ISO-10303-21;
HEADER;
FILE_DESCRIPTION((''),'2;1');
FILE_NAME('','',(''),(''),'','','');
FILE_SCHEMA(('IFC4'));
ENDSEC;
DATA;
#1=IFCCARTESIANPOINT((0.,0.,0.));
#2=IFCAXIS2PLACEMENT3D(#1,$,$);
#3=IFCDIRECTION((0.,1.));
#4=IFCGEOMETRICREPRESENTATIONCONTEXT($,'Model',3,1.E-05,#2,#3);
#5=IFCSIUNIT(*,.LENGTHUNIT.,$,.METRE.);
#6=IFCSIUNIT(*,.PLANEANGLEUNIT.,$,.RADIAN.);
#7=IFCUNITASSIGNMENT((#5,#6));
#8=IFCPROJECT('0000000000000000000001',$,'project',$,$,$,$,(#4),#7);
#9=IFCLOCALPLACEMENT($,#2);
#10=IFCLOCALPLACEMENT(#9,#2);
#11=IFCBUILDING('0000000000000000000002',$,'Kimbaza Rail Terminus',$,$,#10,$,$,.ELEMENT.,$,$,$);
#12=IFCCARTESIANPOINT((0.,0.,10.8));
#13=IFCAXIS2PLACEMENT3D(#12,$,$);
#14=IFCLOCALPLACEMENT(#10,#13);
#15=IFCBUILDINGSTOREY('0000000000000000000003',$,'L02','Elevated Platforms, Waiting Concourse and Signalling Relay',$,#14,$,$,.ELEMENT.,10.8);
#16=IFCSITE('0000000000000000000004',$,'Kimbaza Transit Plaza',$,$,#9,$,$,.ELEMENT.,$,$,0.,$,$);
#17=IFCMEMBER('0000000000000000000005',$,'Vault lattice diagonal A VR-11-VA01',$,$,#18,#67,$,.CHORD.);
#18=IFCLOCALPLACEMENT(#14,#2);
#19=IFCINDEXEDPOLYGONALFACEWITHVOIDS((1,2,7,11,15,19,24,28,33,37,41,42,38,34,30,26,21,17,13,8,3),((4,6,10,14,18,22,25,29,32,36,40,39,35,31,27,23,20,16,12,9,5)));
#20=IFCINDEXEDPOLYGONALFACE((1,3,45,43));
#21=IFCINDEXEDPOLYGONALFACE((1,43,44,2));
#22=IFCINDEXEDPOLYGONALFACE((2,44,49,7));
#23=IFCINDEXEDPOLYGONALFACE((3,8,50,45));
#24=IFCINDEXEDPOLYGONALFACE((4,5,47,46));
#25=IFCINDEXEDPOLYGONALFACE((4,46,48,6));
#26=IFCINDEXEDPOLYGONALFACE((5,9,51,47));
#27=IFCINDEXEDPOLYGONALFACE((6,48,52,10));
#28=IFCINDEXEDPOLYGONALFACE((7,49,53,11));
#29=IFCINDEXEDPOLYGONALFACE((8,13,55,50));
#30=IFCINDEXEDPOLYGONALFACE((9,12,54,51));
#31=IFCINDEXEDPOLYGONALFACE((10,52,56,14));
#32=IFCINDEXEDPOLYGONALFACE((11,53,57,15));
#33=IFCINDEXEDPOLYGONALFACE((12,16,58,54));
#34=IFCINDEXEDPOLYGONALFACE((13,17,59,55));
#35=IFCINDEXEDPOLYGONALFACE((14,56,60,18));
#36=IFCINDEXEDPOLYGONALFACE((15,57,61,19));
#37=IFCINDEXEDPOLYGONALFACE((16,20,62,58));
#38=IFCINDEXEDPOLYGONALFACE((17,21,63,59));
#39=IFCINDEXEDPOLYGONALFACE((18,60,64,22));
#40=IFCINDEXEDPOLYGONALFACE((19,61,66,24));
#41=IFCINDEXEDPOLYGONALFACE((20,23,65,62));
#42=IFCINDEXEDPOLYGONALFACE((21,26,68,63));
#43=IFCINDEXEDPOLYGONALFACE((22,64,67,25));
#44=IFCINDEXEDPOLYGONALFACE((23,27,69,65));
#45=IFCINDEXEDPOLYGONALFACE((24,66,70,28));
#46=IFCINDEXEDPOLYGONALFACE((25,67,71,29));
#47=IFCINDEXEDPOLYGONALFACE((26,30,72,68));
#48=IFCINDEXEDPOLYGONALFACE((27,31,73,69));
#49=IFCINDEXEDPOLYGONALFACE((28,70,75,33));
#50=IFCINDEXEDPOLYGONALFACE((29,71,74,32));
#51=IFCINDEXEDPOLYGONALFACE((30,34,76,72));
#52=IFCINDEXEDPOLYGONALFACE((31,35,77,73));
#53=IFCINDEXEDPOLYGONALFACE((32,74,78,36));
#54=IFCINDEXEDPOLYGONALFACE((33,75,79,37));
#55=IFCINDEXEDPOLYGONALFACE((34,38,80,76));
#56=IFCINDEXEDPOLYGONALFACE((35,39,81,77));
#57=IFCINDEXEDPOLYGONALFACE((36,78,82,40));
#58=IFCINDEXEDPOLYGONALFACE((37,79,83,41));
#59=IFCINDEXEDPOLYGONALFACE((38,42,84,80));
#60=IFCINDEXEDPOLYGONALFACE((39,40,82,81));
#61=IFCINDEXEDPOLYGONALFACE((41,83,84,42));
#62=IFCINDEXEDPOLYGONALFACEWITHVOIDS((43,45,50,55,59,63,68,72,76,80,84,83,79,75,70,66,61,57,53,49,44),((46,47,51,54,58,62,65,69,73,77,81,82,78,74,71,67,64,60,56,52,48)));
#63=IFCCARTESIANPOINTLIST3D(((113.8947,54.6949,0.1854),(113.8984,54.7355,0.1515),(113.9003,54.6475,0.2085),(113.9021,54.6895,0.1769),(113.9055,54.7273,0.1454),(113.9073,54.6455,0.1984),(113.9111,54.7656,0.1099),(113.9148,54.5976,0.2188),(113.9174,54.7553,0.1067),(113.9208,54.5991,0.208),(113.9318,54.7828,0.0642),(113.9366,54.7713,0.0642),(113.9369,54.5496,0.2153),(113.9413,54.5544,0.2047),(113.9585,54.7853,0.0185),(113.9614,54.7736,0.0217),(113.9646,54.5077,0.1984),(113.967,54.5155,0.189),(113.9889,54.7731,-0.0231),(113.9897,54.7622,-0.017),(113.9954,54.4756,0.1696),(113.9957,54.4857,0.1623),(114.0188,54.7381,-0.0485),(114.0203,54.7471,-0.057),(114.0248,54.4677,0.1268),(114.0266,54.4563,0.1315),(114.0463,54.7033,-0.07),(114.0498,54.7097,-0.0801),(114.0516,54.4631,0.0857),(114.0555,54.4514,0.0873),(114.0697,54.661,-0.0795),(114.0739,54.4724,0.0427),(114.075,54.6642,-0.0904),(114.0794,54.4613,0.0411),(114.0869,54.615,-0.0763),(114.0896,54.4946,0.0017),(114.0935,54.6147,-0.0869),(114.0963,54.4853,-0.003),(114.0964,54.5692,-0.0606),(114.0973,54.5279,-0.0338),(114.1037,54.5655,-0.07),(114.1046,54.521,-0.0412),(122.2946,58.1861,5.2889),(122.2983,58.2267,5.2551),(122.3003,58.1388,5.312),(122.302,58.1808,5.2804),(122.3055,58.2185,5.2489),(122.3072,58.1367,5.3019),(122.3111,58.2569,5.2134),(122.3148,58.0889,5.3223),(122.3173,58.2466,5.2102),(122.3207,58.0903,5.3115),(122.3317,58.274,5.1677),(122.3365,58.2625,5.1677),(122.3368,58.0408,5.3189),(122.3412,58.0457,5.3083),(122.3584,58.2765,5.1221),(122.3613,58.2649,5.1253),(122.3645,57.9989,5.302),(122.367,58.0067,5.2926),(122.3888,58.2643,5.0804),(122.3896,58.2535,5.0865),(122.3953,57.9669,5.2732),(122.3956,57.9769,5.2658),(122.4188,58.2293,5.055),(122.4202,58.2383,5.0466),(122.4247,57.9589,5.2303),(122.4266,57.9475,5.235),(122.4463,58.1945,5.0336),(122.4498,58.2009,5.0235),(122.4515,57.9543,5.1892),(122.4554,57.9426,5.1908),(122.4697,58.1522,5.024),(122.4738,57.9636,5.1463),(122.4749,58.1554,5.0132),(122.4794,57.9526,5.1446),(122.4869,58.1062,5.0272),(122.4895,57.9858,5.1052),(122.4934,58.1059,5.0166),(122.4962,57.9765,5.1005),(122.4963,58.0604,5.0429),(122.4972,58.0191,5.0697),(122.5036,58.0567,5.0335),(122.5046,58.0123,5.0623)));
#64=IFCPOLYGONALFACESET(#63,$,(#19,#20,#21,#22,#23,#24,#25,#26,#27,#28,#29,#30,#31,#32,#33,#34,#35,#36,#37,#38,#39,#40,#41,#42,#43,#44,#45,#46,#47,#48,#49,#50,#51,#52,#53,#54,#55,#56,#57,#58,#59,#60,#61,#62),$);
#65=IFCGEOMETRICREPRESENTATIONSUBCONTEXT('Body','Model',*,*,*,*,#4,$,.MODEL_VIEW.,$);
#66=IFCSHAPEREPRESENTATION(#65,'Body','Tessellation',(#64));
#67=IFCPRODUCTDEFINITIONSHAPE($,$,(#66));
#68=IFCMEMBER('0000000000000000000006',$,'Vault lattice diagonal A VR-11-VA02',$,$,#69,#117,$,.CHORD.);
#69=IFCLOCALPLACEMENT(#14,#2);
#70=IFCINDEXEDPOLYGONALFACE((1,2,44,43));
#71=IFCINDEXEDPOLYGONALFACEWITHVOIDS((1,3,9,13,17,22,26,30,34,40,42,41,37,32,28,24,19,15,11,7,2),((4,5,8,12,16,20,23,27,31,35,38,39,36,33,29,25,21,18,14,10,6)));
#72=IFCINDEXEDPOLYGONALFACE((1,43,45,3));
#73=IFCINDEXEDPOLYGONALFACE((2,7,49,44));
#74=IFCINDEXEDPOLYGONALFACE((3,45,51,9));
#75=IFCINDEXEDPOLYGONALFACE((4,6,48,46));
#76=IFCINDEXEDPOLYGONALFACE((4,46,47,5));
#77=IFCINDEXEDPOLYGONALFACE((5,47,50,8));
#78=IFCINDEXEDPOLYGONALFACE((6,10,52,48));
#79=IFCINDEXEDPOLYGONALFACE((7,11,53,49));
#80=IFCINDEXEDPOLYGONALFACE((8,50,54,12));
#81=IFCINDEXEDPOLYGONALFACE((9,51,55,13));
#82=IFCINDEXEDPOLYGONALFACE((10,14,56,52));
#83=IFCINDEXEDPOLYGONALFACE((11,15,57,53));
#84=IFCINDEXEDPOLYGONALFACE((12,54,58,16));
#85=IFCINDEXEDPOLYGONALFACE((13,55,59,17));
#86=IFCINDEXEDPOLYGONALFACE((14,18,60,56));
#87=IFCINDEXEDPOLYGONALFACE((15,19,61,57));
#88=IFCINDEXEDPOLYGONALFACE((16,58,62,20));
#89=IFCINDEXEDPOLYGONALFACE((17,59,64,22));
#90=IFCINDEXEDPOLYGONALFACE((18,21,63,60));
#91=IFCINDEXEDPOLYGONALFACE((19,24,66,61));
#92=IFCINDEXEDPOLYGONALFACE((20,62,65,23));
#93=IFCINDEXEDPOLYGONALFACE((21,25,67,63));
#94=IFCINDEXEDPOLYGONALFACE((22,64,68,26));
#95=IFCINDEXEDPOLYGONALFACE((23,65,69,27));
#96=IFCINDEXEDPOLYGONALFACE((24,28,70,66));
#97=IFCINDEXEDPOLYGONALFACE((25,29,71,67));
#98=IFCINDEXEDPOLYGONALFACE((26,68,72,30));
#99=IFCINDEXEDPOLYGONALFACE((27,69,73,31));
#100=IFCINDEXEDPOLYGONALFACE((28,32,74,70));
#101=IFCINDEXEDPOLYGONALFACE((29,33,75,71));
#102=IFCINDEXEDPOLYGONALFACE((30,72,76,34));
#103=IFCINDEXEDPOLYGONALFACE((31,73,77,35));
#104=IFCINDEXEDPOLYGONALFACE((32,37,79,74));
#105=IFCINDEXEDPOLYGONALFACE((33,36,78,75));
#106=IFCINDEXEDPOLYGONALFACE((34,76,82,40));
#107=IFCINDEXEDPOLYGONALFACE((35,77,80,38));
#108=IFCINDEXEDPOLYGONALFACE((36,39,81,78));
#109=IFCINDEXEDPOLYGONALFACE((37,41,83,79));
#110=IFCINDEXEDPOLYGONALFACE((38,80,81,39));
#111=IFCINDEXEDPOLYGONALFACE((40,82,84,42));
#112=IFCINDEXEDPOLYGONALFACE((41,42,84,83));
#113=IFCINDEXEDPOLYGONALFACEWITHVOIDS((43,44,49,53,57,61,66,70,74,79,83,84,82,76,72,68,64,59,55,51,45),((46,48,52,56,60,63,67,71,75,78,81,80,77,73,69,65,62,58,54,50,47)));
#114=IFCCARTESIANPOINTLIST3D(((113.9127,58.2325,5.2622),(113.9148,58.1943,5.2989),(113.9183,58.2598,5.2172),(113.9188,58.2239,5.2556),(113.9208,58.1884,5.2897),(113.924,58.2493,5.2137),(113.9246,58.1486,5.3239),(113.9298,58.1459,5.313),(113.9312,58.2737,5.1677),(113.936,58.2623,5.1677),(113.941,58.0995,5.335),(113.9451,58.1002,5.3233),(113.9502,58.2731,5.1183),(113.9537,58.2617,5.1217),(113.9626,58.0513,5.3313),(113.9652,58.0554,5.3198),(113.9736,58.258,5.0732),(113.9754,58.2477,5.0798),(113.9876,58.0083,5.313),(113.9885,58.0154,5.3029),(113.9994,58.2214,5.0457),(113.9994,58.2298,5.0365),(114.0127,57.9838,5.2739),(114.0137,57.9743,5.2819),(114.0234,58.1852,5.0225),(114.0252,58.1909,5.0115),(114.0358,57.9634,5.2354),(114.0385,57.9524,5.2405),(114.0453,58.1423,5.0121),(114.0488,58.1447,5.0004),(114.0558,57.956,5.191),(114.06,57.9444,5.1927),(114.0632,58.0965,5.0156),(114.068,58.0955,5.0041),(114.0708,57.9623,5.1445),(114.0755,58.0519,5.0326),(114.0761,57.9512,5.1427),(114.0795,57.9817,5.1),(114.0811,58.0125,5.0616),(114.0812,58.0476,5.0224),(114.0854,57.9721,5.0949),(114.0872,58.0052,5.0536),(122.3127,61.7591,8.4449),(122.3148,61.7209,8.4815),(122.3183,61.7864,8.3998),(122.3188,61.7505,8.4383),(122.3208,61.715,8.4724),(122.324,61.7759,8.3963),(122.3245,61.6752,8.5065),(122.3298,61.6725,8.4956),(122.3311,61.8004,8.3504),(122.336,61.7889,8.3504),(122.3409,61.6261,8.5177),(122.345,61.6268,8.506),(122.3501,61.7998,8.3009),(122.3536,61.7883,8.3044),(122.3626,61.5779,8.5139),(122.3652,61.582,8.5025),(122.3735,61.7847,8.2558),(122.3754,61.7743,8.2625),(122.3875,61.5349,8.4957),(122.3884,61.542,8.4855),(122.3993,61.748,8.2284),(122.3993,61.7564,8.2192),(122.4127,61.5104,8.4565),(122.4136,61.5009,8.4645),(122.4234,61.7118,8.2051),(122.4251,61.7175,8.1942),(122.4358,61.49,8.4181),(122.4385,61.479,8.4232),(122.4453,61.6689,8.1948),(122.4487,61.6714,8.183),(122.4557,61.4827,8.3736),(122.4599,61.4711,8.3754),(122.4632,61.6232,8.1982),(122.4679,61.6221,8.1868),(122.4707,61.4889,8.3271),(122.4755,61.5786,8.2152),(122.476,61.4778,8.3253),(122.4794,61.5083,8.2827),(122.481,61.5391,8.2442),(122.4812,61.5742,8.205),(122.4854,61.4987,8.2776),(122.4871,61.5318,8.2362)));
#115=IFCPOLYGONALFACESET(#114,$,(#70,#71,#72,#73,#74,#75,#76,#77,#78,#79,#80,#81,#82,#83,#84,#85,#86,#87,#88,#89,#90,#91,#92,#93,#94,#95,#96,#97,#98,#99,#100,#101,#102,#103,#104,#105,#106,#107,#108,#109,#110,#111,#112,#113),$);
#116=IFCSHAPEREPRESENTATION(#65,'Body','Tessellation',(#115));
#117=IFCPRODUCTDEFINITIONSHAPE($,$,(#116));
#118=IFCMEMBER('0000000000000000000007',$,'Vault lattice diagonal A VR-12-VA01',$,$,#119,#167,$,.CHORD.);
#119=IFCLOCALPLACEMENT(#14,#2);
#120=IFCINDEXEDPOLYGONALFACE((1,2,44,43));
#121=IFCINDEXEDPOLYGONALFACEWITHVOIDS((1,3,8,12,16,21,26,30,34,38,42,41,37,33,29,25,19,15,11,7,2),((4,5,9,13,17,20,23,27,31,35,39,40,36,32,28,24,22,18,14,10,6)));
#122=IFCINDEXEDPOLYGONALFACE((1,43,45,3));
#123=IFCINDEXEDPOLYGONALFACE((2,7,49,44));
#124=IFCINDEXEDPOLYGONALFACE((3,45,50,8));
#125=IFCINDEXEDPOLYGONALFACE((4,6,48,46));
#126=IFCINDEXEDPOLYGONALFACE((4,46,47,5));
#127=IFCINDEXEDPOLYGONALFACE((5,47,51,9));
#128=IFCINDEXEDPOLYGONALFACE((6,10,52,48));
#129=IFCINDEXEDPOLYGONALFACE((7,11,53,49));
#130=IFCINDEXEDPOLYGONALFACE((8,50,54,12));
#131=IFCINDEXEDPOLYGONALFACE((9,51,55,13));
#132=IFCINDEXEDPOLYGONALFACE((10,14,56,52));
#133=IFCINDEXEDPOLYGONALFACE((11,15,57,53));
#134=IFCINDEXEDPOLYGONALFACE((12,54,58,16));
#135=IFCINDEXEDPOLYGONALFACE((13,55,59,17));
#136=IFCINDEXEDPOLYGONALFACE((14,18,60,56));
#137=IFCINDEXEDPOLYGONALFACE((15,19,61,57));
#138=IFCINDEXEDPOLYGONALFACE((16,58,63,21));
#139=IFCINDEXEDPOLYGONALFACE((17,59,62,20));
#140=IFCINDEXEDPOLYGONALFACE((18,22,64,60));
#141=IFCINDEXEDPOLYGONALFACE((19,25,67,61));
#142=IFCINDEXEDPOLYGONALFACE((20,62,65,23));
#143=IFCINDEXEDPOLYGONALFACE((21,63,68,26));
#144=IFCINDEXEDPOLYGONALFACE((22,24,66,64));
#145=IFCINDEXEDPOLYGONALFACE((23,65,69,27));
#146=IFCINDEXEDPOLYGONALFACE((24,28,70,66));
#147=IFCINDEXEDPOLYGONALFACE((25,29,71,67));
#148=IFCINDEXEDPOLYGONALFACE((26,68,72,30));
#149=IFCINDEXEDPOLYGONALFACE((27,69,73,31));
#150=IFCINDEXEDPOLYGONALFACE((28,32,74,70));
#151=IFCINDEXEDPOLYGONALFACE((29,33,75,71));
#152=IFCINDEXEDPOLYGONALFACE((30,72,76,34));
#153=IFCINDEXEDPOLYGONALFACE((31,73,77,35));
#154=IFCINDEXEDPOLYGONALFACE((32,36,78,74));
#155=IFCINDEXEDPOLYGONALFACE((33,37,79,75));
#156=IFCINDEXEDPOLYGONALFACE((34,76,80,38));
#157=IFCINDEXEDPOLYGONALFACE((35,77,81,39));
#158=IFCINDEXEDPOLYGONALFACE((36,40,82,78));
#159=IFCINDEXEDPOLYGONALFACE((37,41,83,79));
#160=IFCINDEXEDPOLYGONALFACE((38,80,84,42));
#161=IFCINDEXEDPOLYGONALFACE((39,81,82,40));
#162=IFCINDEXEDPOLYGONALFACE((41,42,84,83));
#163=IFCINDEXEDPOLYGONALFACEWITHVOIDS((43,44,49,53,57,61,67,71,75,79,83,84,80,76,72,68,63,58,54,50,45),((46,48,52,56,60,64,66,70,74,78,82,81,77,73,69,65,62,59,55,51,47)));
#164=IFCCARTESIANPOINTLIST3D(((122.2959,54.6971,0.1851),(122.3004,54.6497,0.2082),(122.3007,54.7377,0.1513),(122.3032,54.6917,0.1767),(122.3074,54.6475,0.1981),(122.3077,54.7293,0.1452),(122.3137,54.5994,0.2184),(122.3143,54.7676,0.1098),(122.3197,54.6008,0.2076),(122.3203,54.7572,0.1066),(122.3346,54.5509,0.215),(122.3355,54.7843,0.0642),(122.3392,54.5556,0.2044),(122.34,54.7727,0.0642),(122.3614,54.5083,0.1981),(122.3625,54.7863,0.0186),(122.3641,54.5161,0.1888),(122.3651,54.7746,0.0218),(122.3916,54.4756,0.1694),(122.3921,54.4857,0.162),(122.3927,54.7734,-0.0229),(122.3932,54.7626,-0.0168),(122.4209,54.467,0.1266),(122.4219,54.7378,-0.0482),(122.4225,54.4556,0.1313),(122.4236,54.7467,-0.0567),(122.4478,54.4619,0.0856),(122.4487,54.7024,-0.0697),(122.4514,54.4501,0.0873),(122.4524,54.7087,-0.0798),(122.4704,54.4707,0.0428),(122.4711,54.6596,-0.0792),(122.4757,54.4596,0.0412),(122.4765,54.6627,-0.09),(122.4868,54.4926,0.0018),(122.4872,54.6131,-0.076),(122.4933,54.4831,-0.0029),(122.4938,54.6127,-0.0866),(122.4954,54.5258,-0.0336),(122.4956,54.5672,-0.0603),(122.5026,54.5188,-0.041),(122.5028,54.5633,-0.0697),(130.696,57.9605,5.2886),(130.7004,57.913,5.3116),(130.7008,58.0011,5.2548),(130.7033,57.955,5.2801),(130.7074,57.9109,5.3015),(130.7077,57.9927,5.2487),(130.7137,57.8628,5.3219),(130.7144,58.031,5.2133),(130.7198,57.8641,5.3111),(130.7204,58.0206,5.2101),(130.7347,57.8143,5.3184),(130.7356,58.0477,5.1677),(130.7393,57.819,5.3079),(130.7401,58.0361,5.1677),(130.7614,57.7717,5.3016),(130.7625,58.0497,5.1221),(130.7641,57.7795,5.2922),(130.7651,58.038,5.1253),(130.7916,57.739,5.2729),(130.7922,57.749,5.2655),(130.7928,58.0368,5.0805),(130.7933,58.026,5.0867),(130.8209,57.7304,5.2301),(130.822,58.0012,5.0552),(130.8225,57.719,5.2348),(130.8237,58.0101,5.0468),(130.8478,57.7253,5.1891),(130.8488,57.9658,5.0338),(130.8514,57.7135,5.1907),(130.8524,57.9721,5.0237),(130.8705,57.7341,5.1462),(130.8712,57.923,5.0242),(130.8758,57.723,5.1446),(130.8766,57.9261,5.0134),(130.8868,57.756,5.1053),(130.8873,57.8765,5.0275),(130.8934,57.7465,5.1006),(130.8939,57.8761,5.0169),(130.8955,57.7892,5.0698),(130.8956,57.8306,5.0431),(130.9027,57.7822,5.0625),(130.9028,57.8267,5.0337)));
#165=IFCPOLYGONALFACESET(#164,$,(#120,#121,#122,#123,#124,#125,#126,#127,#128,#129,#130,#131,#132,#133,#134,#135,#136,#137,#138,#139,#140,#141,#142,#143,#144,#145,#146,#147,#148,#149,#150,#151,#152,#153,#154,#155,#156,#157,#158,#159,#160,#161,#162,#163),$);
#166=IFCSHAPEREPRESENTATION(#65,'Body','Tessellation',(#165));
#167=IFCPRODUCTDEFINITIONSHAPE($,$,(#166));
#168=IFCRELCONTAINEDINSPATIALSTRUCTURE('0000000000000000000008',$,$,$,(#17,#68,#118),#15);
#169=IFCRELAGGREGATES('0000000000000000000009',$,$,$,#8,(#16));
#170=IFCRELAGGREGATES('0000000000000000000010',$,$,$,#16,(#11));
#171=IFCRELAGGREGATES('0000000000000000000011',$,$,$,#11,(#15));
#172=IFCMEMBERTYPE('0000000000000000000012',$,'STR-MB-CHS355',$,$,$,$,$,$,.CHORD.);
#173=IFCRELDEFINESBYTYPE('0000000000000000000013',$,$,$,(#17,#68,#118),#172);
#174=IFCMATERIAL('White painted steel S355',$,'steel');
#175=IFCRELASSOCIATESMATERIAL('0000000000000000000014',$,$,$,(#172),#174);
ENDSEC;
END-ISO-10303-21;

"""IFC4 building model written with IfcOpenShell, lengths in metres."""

from ifc_helpers import new_model, si_unit, direction, frame, origin, origin_2d, place, context, subcontext, project, spatial, hollow_circle, extrude, material, material_profile, profile_set, type_object, element, save


model = new_model("IFC4")

# Units and contexts
model_context = context("Model", 3, precision=1e-05, world=origin(), true_north=direction((0.0, 1.0)))
body_context = subcontext(model_context, "Body", "Model", "MODEL_VIEW")
ifc_project = project(units=[si_unit("LENGTHUNIT", "METRE"), si_unit("PLANEANGLEUNIT", "RADIAN")], contexts=[model_context])

# Site, building, storey
site_placement = place(None, origin())
site = spatial("IfcSite", under=ifc_project, at=site_placement, Name="Kimbaza Transit Plaza", CompositionType="ELEMENT", RefElevation=0.0)
building_placement = place(site_placement, origin())
building = spatial("IfcBuilding", under=site, at=building_placement, Name="Kimbaza Rail Terminus", CompositionType="ELEMENT")
storey_placement = place(building_placement, frame((0.0, 0.0, 10.8)))
storey = spatial("IfcBuildingStorey", under=building, at=storey_placement, Name="L02", Description="Elevated Platforms, Waiting Concourse and Signalling Relay", CompositionType="ELEMENT", Elevation=10.8)

# Members
ifc_material_1 = material(Name="White painted steel S355", Category="steel")
ifc_material_profile_1 = material_profile(ifc_material_1, hollow_circle(Radius=0.1777, WallThickness=0.0125, at=origin_2d()), Name="CHS 355.6x12.5")
ifc_profile_set_1 = profile_set([ifc_material_profile_1], Name="White painted steel S355")
member_type_1 = type_object("IfcMemberType", Name="STR-MB-CHS355", PredefinedType="CHORD", material=ifc_profile_set_1)
member_1_placement = place(storey_placement, frame((114.0, 54.6187, 0.0642), z_axis=(0.805331, 0.334716, 0.489293), x_axis=(-0.383796, 0.923418, 0.0)))
element("IfcMember", 1, at=member_1_placement, inside=storey, type_object=member_type_1, Name="Vault lattice diagonal A VR-11-VA01", PredefinedType="CHORD", context=body_context, shape_type="SweptSolid", body=[
    extrude(hollow_circle(Radius=0.1777, WallThickness=0.0125, at=origin_2d()), origin(), (0.0, 0.0, 1.0), 10.4304),
])
member_2_placement = place(storey_placement, frame((114.0, 58.1099, 5.1677), z_axis=(0.870447, 0.365448, 0.329802), x_axis=(-0.387107, 0.922035, 0.0)))
element("IfcMember", 2, at=member_2_placement, inside=storey, type_object=member_type_1, Name="Vault lattice diagonal A VR-11-VA02", PredefinedType="CHORD", context=body_context, shape_type="SweptSolid", body=[
    extrude(hollow_circle(Radius=0.1777, WallThickness=0.0125, at=origin_2d()), origin(), (0.0, 0.0, 1.0), 9.6501),
])
for number, where, z_axis, x_axis, name in (
    (3, (122.3999, 54.6187, 0.0642), (0.811094, 0.315107, 0.492781), (-0.362129, 0.932128, 0.0), "Vault lattice diagonal A VR-12-VA01"),
):
    element("IfcMember", number, at=place(storey_placement, frame(where, z_axis=z_axis, x_axis=x_axis)), inside=storey, type_object=member_type_1, Name=name, PredefinedType="CHORD", context=body_context, shape_type="SweptSolid", body=[
        extrude(hollow_circle(Radius=0.1777, WallThickness=0.0125, at=origin_2d()), origin(), (0.0, 0.0, 1.0), 10.3564),
    ])

save(model, "model.ifc")
